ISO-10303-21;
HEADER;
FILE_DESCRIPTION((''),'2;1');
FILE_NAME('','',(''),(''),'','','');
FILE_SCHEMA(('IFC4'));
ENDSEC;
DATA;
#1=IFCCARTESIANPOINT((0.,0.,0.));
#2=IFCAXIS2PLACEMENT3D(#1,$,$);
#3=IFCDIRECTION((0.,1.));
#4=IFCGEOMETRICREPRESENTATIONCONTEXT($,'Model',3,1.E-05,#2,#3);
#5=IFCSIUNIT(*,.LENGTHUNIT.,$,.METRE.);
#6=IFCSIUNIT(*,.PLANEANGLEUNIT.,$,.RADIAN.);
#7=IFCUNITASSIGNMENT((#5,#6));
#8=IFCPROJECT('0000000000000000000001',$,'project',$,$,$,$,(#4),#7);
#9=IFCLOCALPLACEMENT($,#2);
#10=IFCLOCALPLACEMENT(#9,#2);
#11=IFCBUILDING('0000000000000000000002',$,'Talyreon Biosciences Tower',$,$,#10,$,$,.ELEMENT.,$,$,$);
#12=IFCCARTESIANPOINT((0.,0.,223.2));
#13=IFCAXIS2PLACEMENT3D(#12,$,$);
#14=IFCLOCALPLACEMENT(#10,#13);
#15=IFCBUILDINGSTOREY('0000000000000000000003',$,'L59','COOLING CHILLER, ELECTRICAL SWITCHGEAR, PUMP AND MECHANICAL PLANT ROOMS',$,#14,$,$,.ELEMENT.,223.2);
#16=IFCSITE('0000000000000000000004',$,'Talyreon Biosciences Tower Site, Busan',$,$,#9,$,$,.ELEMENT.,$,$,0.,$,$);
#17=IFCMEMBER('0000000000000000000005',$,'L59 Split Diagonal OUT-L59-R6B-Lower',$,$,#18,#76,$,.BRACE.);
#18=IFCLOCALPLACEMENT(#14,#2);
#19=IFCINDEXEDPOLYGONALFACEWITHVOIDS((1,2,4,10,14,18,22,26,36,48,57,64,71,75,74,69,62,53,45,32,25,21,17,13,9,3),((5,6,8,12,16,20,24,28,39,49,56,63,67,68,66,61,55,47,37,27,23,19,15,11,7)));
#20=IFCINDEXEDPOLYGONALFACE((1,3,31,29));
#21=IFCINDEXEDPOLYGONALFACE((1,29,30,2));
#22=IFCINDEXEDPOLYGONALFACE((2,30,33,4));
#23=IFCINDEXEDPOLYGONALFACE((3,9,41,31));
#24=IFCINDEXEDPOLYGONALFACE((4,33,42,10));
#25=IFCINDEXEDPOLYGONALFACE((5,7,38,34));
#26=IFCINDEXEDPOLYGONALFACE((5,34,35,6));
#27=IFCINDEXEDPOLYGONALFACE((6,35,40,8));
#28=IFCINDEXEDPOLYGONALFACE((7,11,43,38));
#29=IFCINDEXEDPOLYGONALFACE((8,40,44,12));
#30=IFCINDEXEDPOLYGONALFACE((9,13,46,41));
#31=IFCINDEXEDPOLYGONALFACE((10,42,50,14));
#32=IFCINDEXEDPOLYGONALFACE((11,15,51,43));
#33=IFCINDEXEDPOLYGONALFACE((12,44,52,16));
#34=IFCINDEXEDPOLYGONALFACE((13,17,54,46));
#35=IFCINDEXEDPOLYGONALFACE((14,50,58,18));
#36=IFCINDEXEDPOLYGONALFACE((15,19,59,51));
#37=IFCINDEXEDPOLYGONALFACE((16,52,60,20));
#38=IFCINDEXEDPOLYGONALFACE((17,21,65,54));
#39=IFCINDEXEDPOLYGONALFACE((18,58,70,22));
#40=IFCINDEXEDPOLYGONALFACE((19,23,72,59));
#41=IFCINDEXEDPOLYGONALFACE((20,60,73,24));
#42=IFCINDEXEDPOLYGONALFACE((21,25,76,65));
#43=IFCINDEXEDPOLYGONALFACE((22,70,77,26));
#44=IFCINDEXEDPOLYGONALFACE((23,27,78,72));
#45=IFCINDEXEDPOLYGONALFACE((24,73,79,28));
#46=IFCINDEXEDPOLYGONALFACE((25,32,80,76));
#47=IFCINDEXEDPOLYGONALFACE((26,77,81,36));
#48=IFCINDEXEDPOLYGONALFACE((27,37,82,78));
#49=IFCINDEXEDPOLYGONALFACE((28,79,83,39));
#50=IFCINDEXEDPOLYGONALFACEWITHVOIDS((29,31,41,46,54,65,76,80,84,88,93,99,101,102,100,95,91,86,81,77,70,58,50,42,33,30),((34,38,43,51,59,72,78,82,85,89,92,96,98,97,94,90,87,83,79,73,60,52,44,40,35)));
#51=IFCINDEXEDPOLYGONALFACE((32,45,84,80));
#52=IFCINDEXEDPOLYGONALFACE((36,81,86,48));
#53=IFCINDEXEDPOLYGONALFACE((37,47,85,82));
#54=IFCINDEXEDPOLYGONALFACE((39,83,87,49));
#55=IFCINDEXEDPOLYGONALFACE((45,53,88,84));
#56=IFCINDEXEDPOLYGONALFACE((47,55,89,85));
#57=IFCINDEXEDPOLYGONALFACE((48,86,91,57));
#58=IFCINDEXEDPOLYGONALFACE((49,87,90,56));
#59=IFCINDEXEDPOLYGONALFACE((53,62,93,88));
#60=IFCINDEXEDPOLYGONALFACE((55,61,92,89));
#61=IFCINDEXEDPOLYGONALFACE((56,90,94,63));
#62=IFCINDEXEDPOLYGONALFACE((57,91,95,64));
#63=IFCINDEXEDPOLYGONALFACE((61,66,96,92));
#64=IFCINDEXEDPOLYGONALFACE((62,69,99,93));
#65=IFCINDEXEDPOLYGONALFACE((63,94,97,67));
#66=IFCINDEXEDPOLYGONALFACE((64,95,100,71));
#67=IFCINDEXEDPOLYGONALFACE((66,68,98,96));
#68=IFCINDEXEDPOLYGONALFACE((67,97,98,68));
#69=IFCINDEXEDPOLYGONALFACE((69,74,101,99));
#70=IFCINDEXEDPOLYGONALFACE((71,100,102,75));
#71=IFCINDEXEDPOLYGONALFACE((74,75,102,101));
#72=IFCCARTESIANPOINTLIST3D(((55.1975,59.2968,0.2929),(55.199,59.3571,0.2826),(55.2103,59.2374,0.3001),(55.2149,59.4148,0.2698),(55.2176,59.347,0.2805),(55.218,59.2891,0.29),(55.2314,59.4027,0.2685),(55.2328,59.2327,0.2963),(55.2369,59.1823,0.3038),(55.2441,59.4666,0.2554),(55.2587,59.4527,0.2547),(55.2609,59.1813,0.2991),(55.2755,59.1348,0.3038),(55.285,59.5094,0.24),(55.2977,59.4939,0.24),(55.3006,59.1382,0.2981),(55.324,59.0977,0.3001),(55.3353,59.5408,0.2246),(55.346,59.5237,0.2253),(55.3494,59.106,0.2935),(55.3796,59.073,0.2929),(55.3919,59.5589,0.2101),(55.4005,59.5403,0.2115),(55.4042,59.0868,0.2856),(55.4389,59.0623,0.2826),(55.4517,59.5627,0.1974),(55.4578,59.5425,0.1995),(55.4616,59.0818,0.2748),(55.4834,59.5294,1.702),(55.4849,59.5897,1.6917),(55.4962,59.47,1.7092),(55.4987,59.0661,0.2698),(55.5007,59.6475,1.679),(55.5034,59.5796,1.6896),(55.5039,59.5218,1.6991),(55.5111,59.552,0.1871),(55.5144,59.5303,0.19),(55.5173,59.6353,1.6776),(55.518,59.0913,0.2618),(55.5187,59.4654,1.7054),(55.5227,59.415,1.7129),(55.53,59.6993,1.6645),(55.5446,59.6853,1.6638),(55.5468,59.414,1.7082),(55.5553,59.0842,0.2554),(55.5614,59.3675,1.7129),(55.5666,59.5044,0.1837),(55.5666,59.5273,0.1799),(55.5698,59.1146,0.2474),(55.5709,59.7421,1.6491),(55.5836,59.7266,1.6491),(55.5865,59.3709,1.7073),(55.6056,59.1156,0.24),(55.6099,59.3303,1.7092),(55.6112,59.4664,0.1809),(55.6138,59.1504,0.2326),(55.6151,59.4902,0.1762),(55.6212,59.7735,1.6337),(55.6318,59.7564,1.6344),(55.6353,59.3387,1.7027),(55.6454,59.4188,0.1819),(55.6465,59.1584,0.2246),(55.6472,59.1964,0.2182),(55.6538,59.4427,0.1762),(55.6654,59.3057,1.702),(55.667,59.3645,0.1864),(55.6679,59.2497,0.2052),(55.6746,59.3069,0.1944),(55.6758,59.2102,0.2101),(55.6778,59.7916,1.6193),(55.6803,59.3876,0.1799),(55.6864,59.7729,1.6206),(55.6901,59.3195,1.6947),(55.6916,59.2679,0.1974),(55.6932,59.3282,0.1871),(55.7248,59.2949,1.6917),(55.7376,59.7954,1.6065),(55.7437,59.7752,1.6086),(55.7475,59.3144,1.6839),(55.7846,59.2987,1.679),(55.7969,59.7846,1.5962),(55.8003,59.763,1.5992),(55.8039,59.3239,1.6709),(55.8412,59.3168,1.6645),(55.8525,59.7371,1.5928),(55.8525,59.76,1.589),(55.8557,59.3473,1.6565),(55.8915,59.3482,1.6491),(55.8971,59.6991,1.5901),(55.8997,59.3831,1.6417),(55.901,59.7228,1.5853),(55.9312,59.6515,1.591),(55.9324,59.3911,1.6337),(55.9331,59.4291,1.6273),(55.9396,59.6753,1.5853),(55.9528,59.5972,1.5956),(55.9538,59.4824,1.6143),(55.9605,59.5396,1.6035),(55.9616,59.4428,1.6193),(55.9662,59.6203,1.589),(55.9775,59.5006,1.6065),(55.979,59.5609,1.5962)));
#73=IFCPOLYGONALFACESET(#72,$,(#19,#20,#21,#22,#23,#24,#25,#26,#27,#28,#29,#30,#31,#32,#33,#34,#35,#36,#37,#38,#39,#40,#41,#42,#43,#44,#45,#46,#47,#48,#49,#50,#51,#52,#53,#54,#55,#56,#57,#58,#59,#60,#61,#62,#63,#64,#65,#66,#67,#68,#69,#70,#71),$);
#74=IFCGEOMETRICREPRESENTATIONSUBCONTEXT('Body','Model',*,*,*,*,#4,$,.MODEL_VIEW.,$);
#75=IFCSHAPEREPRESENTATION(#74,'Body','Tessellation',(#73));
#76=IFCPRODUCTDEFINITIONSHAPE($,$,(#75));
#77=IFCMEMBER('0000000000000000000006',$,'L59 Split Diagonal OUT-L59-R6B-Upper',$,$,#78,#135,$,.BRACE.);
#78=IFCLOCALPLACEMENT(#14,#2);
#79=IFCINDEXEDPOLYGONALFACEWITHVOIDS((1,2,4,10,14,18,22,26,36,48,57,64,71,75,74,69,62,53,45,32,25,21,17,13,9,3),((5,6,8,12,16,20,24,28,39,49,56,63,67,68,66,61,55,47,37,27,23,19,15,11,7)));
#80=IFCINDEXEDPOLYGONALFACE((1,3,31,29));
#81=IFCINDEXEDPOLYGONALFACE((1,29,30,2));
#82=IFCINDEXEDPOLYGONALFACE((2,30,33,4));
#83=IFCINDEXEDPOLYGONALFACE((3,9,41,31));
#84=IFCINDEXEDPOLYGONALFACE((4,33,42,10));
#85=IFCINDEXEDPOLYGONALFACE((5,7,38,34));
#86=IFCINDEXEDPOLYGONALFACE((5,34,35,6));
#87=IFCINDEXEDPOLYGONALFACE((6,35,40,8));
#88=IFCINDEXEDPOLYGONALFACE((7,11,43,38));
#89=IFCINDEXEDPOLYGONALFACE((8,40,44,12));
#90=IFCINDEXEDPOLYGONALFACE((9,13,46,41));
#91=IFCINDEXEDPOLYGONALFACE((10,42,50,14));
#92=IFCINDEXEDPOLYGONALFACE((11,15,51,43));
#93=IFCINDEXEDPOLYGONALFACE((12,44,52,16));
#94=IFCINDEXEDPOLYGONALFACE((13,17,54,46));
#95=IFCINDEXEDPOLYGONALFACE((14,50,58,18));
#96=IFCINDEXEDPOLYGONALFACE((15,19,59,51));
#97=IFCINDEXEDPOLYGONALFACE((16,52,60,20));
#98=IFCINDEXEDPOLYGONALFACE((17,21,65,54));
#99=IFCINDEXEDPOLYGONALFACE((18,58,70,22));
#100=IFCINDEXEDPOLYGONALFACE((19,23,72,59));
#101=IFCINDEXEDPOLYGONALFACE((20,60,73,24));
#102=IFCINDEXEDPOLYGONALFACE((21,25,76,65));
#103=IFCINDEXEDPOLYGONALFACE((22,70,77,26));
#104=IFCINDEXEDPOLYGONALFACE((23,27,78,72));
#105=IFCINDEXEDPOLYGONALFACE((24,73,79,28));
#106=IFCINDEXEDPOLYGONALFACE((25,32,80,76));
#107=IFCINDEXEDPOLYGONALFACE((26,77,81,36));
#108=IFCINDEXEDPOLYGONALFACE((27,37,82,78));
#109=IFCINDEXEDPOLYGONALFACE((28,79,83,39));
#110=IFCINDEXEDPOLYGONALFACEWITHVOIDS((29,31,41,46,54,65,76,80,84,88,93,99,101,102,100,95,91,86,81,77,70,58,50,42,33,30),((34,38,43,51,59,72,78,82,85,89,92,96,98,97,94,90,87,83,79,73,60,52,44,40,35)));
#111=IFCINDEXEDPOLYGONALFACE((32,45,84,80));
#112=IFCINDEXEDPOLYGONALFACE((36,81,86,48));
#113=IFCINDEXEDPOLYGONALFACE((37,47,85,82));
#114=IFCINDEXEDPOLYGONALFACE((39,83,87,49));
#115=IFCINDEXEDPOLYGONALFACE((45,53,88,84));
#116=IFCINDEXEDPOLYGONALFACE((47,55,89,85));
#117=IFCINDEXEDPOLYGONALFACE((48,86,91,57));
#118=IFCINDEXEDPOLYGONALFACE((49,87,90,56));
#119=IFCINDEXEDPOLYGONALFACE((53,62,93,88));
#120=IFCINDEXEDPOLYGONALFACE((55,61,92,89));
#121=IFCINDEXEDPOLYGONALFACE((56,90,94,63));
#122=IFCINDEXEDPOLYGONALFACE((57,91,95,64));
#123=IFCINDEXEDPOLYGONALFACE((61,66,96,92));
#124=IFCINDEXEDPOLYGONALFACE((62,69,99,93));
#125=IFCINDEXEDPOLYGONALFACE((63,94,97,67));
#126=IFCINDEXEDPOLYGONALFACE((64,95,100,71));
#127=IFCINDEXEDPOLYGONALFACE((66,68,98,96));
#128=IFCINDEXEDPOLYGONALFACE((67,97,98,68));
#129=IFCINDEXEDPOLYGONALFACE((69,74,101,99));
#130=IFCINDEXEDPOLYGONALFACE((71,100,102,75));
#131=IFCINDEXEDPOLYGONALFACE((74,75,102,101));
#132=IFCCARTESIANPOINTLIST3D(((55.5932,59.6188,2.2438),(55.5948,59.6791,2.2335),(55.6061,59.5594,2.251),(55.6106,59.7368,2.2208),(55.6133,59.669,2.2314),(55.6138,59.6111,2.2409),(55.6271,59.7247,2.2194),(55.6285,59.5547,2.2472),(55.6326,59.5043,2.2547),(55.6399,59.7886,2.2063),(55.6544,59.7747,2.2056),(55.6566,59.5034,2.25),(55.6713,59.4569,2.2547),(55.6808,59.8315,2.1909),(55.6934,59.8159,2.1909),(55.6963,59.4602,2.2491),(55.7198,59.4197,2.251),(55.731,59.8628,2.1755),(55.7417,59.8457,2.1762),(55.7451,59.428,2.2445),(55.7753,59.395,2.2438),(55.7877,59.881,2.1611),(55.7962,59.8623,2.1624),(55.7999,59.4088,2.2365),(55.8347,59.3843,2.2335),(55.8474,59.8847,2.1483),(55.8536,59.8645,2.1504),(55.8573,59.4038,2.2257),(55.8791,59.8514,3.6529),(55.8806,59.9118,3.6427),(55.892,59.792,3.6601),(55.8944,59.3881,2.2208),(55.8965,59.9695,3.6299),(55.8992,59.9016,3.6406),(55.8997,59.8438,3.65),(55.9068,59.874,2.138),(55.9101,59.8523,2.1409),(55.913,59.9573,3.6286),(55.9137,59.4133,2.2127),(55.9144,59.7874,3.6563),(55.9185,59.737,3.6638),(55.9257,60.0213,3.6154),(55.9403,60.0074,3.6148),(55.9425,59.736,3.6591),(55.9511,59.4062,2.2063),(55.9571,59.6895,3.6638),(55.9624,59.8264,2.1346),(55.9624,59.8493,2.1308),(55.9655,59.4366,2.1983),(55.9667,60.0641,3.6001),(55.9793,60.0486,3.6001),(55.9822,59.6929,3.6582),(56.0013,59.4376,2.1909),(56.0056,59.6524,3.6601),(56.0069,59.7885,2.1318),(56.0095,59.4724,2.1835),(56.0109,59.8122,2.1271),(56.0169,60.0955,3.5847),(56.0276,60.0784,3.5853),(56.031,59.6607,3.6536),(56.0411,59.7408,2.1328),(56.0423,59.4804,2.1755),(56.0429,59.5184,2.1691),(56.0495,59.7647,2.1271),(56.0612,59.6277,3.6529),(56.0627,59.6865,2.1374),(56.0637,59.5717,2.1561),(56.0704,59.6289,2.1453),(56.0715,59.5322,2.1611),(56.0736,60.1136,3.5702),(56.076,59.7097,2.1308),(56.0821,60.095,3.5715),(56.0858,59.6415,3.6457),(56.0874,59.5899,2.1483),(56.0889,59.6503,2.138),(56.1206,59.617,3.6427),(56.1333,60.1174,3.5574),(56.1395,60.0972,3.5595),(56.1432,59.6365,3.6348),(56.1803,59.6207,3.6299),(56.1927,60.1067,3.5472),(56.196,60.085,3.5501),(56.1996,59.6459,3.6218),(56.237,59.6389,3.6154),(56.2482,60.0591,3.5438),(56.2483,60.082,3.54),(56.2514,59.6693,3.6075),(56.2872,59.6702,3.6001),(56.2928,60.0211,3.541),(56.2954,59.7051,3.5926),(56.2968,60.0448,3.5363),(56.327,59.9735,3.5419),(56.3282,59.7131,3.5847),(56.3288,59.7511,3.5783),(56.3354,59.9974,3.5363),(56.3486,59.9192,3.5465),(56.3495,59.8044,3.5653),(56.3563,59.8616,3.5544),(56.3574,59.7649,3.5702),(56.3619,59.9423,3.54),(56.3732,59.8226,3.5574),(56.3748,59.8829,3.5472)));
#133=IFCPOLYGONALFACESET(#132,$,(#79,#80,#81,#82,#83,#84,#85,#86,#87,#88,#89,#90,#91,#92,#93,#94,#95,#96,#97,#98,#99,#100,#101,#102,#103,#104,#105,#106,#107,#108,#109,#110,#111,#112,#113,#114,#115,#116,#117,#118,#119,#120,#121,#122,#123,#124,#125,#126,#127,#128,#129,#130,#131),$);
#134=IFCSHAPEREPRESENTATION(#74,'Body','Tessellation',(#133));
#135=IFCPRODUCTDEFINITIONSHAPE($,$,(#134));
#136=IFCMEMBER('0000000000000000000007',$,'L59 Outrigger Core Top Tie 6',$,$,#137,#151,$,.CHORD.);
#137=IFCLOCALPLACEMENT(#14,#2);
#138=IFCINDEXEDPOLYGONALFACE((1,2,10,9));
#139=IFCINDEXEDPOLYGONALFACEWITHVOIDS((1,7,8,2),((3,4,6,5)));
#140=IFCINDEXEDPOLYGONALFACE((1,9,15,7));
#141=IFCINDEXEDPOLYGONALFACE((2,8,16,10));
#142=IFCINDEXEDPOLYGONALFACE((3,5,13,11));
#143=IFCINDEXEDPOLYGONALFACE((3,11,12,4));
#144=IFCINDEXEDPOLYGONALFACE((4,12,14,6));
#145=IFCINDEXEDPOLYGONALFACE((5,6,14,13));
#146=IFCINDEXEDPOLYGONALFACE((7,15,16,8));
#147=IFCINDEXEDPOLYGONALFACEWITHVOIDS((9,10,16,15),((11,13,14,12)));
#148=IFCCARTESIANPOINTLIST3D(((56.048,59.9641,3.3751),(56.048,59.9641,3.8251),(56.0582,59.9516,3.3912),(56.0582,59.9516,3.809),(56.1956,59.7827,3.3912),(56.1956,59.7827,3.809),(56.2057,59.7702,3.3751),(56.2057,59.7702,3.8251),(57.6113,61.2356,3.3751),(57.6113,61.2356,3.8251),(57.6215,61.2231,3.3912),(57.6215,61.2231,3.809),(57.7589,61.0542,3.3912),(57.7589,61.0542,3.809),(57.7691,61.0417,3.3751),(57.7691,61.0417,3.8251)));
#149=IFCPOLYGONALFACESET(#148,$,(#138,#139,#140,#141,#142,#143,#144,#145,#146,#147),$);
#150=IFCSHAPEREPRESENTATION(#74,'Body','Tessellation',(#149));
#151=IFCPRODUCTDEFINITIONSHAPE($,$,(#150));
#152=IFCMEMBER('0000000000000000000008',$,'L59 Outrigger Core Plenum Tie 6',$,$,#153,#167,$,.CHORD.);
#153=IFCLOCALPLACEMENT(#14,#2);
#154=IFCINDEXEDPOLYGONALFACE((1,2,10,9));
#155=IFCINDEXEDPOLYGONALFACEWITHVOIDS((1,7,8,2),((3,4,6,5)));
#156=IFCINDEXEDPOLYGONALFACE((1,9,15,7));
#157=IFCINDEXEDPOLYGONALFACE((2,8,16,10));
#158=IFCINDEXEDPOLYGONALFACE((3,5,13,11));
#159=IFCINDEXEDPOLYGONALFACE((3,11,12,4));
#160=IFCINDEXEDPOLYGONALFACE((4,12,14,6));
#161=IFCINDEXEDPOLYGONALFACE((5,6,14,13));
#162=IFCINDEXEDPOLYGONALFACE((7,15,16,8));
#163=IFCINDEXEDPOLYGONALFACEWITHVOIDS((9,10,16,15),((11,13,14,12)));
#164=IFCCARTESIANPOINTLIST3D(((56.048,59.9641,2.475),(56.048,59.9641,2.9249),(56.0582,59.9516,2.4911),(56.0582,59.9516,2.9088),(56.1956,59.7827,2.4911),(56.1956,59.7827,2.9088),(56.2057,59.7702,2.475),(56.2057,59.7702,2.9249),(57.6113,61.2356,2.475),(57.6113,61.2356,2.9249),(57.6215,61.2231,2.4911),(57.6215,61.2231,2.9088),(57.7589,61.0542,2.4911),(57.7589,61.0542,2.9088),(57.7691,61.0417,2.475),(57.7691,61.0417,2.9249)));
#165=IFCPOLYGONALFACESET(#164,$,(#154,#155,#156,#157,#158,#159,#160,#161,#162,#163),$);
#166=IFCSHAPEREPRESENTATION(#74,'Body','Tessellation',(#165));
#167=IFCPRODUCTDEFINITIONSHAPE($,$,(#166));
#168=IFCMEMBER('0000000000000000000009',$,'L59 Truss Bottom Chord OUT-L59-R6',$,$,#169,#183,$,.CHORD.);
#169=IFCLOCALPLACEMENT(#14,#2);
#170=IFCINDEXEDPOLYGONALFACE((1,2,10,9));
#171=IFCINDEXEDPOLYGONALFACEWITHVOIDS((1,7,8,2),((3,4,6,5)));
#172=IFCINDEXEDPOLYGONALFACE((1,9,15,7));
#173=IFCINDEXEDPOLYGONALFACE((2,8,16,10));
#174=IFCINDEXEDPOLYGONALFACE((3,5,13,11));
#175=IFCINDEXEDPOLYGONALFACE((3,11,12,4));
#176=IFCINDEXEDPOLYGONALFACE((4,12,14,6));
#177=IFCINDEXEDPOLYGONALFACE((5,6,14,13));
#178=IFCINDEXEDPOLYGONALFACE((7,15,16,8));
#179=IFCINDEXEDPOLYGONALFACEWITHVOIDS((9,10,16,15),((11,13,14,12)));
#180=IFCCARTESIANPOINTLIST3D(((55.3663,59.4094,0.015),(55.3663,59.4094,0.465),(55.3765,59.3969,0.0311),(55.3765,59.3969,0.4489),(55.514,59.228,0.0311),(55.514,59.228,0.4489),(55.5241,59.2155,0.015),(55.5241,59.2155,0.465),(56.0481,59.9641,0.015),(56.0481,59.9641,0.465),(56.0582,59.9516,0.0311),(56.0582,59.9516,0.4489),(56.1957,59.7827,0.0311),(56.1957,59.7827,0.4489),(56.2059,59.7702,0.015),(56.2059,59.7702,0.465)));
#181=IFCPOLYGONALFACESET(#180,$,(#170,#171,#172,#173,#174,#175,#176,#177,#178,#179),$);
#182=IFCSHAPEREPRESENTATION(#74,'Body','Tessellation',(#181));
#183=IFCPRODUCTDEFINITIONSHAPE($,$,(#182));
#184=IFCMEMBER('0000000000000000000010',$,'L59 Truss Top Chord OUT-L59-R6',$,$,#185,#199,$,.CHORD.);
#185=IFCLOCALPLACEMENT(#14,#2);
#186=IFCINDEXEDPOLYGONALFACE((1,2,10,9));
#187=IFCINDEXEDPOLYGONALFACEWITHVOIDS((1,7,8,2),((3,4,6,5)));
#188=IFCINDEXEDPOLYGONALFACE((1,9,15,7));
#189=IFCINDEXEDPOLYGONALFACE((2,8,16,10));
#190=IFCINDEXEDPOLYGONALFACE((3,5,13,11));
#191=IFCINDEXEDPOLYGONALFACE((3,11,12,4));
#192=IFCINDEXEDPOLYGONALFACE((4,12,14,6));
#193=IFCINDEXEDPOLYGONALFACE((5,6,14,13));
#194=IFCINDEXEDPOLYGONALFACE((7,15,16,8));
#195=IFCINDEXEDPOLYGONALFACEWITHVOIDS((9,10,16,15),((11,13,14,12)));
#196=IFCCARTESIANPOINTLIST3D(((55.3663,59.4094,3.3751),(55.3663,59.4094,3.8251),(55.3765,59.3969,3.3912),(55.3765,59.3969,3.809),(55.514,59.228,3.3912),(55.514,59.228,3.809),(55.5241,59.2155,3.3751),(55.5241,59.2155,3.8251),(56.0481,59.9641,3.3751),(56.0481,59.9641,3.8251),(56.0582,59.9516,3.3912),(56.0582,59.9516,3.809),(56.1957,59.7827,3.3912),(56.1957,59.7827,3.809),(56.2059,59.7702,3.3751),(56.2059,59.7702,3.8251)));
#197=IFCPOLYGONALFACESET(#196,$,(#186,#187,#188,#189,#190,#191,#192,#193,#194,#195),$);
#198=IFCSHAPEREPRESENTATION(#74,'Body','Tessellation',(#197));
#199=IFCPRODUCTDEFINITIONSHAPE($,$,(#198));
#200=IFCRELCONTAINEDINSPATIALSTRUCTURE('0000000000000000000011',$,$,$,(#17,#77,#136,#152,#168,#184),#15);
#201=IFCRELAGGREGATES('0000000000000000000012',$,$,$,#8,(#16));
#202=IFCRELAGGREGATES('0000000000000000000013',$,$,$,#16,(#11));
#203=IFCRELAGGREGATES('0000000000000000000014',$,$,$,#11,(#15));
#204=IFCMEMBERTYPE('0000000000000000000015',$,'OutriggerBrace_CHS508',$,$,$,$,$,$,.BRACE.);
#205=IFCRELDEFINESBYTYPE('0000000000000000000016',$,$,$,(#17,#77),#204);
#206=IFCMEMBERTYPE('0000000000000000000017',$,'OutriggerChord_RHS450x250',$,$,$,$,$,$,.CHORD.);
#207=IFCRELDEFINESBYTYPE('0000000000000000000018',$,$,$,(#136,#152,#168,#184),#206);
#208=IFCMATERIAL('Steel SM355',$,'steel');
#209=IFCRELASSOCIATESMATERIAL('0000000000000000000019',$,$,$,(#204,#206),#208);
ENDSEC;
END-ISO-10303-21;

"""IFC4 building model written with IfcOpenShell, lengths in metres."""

from ifc_helpers import new_model, si_unit, direction, frame, origin, origin_2d, place, context, subcontext, project, spatial, hollow_rectangle, hollow_circle, extrude, material, material_profile, profile_set, type_object, element, save


model = new_model("IFC4")

# Units and contexts
model_context = context("Model", 3, precision=1e-05, world=origin(), true_north=direction((0.0, 1.0)))
body_context = subcontext(model_context, "Body", "Model", "MODEL_VIEW")
ifc_project = project(units=[si_unit("LENGTHUNIT", "METRE"), si_unit("PLANEANGLEUNIT", "RADIAN")], contexts=[model_context])

# Site, building, storey
site_placement = place(None, origin())
site = spatial("IfcSite", under=ifc_project, at=site_placement, Name="Talyreon Biosciences Tower Site, Busan", CompositionType="ELEMENT", RefElevation=0.0)
building_placement = place(site_placement, origin())
building = spatial("IfcBuilding", under=site, at=building_placement, Name="Talyreon Biosciences Tower", CompositionType="ELEMENT")
storey_placement = place(building_placement, frame((0.0, 0.0, 223.2)))
storey = spatial("IfcBuildingStorey", under=building, at=storey_placement, Name="L59", Description="COOLING CHILLER, ELECTRICAL SWITCHGEAR, PUMP AND MECHANICAL PLANT ROOMS", CompositionType="ELEMENT", Elevation=223.2)

# Shared definitions
ifc_material_1 = material(Name="Steel SM355", Category="steel")

# Members
ifc_material_profile_1 = material_profile(ifc_material_1, hollow_circle(Radius=0.2539, WallThickness=0.02, at=origin_2d()), Name="CHS 508x20")
ifc_profile_set_1 = profile_set([ifc_material_profile_1], Name="Steel SM355")
member_type_1 = type_object("IfcMemberType", Name="OutriggerBrace_CHS508", PredefinedType="BRACE", material=ifc_profile_set_1)
for number, where, z_axis, x_axis, name in (
    (1, (55.4453, 59.3125, 0.24), (0.196273, 0.159733, 0.967451), (-0.631216, 0.775607, 0.0), "L59 Split Diagonal OUT-L59-R6B-Lower"),
    (2, (55.8411, 59.6345, 2.1909), (0.196273, 0.159733, 0.967451), (-0.631216, 0.775607, 0.0), "L59 Split Diagonal OUT-L59-R6B-Upper"),
):
    element("IfcMember", number, at=place(storey_placement, frame(where, z_axis=z_axis, x_axis=x_axis)), inside=storey, type_object=member_type_1, Name=name, PredefinedType="BRACE", context=body_context, shape_type="SweptSolid", body=[
        extrude(hollow_circle(Radius=0.2539, WallThickness=0.02, at=origin_2d()), origin(), (0.0, 0.0, 1.0), 1.4565),
    ])
ifc_material_profile_2 = material_profile(ifc_material_1, hollow_rectangle(XDim=0.25, YDim=0.45, WallThickness=0.0161, at=origin_2d()), Name="RHS 450x250x16")
ifc_profile_set_2 = profile_set([ifc_material_profile_2], Name="Steel SM355")
member_type_2 = type_object("IfcMemberType", Name="OutriggerChord_RHS450x250", PredefinedType="CHORD", material=ifc_profile_set_2)
for number, where, z_axis, x_axis, name in (
    (3, (57.6902, 61.1387, 3.6001), (-0.775784, -0.630998, 0.0), (0.630998, -0.775784, 0.0), "L59 Outrigger Core Top Tie 6"),
    (4, (57.6902, 61.1387, 2.7), (-0.775784, -0.630998, 0.0), (0.630998, -0.775784, 0.0), "L59 Outrigger Core Plenum Tie 6"),
):
    element("IfcMember", number, at=place(storey_placement, frame(where, z_axis=z_axis, x_axis=x_axis)), inside=storey, type_object=member_type_2, Name=name, PredefinedType="CHORD", context=body_context, shape_type="SweptSolid", body=[
        extrude(hollow_rectangle(XDim=0.25, YDim=0.45, WallThickness=0.0161, at=origin_2d()), origin(), (0.0, 0.0, 1.0), 2.0151),
    ])
for number, where, z_axis, x_axis, name in (
    (5, (56.127, 59.8672, 0.24), (-0.775638, -0.631178, 0.0), (0.631178, -0.775638, 0.0), "L59 Truss Bottom Chord OUT-L59-R6"),
    (6, (56.127, 59.8672, 3.6001), (-0.775638, -0.631178, 0.0), (0.631178, -0.775638, 0.0), "L59 Truss Top Chord OUT-L59-R6"),
):
    element("IfcMember", number, at=place(storey_placement, frame(where, z_axis=z_axis, x_axis=x_axis)), inside=storey, type_object=member_type_2, Name=name, PredefinedType="CHORD", context=body_context, shape_type="SweptSolid", body=[
        extrude(hollow_rectangle(XDim=0.25, YDim=0.45, WallThickness=0.0161, at=origin_2d()), origin(), (0.0, 0.0, 1.0), 0.8789),
    ])

save(model, "model.ifc")
